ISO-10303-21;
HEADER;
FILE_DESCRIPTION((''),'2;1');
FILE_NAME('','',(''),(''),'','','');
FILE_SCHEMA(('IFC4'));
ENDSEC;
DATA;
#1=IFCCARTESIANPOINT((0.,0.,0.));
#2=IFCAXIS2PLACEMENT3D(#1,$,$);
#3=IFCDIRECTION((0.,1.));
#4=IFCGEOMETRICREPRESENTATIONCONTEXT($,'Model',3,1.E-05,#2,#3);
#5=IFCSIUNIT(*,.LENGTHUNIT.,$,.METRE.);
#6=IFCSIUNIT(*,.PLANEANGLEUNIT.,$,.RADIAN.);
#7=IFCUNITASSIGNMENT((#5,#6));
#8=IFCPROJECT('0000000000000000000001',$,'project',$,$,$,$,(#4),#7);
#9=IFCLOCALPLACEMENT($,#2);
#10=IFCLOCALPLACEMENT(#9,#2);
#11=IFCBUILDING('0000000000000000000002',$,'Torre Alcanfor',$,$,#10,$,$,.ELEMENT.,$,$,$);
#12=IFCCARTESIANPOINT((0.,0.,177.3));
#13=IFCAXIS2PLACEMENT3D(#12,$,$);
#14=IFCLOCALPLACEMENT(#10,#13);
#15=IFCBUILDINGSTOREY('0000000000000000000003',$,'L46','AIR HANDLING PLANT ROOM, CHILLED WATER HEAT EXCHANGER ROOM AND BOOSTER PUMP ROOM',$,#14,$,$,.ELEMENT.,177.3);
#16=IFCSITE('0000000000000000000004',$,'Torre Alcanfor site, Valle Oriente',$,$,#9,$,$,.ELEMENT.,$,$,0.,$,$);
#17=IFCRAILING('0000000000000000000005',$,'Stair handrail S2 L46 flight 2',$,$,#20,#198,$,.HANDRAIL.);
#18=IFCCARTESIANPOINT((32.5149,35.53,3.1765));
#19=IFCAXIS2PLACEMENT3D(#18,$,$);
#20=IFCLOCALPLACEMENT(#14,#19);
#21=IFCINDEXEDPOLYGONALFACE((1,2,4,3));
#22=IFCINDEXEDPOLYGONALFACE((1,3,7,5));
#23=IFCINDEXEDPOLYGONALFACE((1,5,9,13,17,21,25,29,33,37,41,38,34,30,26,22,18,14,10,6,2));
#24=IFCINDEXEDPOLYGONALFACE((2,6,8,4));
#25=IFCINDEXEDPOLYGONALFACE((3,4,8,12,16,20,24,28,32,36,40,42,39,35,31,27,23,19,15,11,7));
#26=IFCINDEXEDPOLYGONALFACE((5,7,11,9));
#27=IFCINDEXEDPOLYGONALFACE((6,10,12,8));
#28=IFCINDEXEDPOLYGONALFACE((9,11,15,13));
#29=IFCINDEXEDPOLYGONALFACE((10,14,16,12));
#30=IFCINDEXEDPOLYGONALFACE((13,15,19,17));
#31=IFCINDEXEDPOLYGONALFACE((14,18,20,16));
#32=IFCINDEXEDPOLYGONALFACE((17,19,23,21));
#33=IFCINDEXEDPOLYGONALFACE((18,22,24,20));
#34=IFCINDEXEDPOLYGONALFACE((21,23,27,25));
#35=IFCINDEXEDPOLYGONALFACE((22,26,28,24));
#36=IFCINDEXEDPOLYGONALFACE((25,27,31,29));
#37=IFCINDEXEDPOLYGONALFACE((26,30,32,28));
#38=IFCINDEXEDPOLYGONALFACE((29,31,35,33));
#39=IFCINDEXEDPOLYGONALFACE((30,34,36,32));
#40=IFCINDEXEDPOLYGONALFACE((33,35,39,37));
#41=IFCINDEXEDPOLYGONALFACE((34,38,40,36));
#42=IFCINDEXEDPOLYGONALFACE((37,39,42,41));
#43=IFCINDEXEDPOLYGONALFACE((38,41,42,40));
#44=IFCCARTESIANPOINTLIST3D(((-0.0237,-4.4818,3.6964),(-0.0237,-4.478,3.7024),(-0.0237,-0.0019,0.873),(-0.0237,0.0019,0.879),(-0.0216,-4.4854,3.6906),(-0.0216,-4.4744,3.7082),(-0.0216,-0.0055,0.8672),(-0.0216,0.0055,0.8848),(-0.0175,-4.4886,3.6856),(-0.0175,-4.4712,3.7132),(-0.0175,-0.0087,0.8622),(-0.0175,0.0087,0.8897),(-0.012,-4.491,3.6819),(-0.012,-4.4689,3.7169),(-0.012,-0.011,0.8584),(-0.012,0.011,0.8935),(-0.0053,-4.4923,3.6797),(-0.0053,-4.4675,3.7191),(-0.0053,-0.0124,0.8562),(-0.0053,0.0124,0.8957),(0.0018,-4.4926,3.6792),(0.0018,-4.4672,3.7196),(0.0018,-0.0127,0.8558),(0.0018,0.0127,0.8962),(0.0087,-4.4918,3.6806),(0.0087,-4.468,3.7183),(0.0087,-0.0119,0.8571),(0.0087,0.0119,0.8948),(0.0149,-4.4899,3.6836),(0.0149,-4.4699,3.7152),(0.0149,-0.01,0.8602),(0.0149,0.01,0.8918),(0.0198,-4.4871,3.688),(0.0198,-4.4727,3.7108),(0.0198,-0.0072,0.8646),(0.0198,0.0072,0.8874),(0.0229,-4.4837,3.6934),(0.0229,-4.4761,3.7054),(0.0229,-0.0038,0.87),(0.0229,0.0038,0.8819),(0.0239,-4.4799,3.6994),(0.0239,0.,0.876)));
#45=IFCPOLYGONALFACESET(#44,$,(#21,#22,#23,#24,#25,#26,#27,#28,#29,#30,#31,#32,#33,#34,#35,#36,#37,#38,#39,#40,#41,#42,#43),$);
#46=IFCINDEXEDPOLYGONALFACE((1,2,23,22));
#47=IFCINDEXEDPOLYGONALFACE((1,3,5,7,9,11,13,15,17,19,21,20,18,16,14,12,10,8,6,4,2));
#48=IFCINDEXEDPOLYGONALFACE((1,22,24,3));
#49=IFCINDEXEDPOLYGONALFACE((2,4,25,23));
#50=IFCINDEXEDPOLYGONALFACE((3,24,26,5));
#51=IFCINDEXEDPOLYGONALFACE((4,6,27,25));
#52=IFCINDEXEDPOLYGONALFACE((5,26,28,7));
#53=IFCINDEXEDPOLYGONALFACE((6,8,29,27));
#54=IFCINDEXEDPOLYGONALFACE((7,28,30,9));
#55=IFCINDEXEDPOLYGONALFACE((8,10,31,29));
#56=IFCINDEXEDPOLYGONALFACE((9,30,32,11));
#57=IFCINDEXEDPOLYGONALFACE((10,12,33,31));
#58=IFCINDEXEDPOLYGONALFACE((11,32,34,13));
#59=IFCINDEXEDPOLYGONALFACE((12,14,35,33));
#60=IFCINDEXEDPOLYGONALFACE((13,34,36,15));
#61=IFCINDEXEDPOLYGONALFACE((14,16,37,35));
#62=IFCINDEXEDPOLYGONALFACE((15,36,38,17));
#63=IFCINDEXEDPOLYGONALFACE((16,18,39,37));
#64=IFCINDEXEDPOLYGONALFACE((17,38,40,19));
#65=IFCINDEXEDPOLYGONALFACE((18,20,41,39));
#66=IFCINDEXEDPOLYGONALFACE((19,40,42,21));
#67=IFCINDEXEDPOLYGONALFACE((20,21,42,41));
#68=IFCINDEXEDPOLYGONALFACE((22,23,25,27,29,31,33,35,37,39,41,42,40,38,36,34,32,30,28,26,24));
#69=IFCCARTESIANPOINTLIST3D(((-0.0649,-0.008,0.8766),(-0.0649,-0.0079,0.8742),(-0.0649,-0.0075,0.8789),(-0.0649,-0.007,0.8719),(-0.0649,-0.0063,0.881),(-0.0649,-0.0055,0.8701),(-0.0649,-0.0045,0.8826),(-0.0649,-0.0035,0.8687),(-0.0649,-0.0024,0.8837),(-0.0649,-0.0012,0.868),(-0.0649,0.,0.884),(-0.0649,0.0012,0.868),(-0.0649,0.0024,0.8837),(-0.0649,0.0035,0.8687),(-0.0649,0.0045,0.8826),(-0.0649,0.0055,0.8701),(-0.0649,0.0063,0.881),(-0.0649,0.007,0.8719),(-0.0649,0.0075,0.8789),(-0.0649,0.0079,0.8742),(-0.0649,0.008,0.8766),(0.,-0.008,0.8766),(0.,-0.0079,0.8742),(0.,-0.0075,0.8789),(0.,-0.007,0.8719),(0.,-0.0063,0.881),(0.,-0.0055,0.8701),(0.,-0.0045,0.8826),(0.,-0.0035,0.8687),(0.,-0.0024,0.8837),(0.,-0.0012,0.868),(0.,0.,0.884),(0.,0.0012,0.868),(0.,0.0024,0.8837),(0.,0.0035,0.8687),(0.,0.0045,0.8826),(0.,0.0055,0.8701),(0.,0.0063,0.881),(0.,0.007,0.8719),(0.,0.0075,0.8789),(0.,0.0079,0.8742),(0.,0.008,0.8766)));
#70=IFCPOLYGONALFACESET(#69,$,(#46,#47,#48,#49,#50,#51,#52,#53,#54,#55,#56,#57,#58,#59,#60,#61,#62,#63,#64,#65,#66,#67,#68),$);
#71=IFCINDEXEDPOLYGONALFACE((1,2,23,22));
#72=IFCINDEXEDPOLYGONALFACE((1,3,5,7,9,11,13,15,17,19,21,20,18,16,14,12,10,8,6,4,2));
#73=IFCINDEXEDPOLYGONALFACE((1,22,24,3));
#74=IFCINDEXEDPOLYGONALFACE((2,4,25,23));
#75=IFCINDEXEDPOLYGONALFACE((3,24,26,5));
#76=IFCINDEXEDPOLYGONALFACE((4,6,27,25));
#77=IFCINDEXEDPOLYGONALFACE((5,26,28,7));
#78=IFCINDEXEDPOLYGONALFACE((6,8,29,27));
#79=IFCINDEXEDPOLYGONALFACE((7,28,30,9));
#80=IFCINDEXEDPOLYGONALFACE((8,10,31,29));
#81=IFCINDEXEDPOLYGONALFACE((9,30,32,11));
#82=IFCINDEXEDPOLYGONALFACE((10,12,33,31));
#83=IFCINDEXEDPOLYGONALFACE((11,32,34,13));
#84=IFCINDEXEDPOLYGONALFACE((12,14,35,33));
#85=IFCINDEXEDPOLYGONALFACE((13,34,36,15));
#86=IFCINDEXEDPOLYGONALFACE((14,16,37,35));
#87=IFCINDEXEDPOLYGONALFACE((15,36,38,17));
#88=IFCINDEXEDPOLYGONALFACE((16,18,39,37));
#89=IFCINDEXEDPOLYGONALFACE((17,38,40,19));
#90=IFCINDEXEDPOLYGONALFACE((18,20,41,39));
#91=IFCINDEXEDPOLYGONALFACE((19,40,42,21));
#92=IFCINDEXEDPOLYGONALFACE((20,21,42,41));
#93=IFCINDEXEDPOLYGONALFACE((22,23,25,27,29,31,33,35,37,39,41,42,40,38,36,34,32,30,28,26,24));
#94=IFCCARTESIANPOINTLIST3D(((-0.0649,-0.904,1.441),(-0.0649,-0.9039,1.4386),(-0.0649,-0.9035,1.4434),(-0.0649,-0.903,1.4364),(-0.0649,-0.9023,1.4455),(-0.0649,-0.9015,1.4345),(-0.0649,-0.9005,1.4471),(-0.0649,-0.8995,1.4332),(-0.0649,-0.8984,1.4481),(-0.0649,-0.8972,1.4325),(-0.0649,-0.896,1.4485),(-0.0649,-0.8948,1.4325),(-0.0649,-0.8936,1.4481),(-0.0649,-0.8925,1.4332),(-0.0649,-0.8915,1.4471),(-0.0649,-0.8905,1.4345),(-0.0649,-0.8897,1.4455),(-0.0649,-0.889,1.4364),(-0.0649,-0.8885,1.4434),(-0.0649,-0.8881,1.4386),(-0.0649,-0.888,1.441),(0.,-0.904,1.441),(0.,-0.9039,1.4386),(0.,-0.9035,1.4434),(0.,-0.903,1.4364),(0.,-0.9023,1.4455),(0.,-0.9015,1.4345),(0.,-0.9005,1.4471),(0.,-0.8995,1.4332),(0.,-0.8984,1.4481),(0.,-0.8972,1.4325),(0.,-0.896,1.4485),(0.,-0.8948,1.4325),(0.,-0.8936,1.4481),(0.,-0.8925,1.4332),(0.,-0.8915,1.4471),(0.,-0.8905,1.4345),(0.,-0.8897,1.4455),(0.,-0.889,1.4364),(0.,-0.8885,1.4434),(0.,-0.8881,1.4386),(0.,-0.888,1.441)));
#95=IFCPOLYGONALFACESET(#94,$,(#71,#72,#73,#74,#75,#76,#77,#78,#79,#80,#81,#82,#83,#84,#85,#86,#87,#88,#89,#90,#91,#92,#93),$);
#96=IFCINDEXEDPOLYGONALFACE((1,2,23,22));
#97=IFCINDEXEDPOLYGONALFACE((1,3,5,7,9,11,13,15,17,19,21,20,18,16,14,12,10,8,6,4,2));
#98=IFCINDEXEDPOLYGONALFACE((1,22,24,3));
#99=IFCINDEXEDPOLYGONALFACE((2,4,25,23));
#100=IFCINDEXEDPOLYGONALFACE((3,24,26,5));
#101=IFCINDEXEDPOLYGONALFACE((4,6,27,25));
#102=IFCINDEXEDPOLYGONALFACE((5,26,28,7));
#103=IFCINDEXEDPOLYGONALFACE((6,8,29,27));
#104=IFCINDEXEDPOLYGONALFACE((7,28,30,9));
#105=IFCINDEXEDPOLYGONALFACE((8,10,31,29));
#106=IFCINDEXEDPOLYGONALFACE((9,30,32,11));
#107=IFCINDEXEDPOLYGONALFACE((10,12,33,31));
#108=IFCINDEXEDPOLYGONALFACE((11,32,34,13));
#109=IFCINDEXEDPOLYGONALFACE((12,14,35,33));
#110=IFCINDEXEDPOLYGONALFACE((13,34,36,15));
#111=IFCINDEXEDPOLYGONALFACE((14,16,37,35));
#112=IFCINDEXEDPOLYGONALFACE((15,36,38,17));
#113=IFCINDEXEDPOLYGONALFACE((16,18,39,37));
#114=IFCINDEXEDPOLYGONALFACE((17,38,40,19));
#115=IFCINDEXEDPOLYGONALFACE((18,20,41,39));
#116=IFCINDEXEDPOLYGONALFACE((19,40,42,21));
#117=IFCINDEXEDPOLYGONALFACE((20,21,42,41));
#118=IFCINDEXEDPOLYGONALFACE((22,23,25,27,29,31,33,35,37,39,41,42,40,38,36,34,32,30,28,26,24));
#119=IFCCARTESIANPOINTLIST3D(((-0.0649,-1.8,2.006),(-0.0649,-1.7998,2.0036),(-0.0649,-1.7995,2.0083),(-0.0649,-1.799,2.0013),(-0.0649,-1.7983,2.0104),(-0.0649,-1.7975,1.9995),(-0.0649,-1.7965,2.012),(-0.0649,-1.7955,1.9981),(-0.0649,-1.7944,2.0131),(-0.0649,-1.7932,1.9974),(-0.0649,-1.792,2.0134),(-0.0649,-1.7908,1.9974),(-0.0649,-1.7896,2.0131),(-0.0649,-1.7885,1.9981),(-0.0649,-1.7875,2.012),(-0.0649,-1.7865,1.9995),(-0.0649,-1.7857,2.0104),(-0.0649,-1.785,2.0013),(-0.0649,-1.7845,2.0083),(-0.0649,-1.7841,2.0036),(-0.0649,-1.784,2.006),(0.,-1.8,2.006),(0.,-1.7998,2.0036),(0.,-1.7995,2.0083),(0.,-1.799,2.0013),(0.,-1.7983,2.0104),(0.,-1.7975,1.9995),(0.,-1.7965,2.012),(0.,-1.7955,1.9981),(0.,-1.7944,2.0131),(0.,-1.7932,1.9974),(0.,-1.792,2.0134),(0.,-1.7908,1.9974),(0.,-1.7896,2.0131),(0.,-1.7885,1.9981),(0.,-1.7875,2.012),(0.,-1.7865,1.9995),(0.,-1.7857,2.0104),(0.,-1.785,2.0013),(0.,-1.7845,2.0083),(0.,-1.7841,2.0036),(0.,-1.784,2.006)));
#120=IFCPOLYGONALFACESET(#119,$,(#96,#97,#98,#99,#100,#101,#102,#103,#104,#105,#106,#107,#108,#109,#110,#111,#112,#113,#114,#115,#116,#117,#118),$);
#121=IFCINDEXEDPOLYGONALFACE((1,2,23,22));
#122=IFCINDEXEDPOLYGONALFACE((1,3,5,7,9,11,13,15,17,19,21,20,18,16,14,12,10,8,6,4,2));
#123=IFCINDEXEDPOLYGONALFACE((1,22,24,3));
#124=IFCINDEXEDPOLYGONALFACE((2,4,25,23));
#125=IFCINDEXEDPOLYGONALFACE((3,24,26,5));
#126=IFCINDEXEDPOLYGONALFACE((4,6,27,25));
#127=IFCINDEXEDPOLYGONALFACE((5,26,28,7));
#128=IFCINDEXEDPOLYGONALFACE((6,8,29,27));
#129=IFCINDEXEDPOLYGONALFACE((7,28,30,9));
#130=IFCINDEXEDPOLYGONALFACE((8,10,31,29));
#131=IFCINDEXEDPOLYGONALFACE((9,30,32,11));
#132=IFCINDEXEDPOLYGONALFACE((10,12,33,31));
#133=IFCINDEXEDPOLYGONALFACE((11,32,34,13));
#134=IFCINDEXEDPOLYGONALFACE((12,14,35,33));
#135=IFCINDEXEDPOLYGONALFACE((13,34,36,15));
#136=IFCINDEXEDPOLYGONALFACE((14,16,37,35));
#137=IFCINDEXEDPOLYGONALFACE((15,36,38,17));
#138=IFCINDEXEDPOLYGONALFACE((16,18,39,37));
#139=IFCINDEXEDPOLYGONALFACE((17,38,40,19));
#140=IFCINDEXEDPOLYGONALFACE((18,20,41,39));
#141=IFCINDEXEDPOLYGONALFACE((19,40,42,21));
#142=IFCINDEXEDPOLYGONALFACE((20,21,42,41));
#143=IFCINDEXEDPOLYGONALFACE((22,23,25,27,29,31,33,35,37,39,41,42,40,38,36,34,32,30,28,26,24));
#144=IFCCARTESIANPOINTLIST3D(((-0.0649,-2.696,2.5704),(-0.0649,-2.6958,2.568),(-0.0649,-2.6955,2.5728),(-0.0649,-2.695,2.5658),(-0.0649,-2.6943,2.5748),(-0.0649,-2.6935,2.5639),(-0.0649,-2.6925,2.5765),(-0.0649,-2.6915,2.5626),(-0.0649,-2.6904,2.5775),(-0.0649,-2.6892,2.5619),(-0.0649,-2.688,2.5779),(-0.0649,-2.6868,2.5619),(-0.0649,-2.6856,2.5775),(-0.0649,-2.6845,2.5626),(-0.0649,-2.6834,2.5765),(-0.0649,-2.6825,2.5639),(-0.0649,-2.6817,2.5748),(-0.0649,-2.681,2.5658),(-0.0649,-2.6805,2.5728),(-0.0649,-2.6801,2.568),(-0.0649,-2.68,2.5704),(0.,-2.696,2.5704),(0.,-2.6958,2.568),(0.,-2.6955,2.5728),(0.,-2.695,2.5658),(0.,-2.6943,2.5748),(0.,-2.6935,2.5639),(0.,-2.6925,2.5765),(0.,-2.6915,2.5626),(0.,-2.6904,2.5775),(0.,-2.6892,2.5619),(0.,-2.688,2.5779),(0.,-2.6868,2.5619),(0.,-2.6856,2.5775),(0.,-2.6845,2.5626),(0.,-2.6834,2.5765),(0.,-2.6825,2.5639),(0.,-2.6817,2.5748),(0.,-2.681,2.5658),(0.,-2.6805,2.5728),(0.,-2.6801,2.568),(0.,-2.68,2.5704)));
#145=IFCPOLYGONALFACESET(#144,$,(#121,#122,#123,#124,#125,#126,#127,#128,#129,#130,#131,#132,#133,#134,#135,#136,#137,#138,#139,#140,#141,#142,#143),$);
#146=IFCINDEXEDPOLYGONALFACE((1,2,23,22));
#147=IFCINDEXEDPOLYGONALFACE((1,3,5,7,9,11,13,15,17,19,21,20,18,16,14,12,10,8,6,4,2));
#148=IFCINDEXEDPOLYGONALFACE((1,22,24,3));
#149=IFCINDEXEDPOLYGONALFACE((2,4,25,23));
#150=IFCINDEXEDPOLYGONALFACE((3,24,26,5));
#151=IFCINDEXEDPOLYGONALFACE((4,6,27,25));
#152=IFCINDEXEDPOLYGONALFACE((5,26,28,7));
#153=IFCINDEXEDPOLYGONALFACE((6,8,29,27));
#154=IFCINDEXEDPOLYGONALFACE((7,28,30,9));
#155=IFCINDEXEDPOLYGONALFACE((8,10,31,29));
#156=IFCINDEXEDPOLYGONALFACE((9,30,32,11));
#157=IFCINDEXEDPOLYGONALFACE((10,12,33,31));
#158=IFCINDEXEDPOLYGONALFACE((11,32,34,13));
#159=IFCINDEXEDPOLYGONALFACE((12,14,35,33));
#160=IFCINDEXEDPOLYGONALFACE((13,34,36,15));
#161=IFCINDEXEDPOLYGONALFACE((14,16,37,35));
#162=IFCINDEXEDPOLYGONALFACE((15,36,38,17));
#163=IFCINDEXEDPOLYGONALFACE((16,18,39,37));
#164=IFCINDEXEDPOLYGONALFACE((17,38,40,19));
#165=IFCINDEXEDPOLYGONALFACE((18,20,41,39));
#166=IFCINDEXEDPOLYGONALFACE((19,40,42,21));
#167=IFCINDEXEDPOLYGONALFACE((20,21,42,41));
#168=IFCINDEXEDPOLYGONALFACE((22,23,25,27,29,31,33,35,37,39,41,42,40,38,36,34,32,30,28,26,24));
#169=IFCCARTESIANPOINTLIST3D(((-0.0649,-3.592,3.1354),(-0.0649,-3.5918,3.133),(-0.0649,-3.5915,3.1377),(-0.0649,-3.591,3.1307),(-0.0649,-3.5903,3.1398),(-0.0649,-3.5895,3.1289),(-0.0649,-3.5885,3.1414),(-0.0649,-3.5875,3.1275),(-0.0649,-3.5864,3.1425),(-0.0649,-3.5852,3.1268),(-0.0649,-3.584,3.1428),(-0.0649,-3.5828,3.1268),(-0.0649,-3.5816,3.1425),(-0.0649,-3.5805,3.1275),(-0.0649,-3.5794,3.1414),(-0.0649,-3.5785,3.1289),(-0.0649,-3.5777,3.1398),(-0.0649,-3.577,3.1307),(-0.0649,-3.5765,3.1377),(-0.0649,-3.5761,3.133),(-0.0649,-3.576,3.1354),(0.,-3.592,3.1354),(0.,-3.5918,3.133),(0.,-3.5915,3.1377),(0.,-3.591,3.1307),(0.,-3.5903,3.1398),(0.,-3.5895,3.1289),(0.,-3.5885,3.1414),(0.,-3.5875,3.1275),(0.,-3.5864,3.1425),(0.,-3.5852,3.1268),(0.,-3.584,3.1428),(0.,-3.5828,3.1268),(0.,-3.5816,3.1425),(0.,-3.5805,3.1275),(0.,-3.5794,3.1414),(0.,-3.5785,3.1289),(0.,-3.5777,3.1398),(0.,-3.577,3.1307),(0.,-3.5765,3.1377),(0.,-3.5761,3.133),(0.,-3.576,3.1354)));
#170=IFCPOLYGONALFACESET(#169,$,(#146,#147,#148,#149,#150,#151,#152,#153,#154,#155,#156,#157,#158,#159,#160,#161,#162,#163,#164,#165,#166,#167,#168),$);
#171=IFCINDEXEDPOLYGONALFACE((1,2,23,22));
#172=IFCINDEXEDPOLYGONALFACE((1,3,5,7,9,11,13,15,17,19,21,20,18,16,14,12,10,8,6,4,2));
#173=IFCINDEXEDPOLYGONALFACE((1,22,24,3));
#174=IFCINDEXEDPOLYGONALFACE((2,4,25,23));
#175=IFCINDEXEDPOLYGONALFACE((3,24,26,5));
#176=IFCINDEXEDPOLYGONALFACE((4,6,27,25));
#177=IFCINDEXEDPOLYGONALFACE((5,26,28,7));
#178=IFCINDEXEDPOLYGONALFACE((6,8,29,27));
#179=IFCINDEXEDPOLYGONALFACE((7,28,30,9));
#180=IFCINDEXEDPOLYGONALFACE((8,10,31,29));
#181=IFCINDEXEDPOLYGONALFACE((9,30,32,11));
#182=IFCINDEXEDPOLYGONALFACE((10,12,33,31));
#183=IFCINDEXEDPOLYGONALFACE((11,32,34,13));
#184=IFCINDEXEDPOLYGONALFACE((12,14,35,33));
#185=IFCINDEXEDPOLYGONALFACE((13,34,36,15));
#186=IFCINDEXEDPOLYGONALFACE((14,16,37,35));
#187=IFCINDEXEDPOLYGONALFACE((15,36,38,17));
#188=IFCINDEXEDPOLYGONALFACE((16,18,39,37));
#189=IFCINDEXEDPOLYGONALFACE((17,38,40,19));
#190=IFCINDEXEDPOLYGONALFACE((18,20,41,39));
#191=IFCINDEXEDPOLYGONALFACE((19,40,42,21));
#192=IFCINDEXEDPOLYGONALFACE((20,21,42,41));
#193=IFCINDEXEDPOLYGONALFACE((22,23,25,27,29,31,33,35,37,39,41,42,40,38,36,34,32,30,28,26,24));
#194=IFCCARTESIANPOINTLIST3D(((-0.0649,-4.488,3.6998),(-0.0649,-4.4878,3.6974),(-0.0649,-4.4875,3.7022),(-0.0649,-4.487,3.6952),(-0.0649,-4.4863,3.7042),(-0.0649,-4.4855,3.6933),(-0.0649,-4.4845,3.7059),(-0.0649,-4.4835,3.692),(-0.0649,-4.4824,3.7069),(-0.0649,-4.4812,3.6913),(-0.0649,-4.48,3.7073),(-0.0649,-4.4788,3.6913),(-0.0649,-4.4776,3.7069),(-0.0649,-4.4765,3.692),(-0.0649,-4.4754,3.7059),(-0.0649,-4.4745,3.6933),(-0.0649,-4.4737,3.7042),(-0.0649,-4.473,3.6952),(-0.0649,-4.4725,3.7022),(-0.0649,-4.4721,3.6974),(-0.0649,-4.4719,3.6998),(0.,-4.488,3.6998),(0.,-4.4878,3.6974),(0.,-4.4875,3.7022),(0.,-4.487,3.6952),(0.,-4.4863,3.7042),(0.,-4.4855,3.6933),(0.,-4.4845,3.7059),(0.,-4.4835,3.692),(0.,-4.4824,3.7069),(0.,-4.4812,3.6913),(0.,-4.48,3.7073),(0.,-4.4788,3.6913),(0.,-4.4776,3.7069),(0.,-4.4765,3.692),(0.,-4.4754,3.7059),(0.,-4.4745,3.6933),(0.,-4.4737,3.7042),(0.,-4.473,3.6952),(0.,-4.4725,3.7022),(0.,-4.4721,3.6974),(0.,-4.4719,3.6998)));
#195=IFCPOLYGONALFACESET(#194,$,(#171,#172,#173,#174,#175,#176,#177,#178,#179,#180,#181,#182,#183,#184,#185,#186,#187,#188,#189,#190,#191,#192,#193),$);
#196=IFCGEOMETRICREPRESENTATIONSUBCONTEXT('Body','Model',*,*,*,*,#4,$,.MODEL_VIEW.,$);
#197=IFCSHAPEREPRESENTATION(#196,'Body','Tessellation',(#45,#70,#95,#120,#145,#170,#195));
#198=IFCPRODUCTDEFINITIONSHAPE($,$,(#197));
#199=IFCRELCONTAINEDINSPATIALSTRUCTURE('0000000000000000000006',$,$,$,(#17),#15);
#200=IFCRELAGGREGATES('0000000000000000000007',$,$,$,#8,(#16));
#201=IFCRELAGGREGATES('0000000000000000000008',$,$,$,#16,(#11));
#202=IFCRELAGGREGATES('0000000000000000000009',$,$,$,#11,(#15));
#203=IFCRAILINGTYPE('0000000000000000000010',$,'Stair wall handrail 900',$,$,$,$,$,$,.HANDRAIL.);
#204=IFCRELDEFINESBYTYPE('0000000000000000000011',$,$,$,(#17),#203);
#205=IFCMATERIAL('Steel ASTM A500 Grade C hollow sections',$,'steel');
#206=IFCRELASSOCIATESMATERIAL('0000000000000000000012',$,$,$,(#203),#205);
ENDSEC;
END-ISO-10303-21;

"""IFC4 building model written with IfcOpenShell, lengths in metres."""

from ifc_helpers import new_model, si_unit, direction, frame, origin, origin_2d, place, context, subcontext, project, spatial, circle, extrude, material, type_object, element, save


model = new_model("IFC4")

# Units and contexts
model_context = context("Model", 3, precision=1e-05, world=origin(), true_north=direction((0.0, 1.0)))
body_context = subcontext(model_context, "Body", "Model", "MODEL_VIEW")
ifc_project = project(units=[si_unit("LENGTHUNIT", "METRE"), si_unit("PLANEANGLEUNIT", "RADIAN")], contexts=[model_context])

# Site, building, storey
site_placement = place(None, origin())
site = spatial("IfcSite", under=ifc_project, at=site_placement, Name="Torre Alcanfor site, Valle Oriente", CompositionType="ELEMENT", RefElevation=0.0)
building_placement = place(site_placement, origin())
building = spatial("IfcBuilding", under=site, at=building_placement, Name="Torre Alcanfor", CompositionType="ELEMENT")
storey_placement = place(building_placement, frame((0.0, 0.0, 177.3)))
storey = spatial("IfcBuildingStorey", under=building, at=storey_placement, Name="L46", Description="AIR HANDLING PLANT ROOM, CHILLED WATER HEAT EXCHANGER ROOM AND BOOSTER PUMP ROOM", CompositionType="ELEMENT", Elevation=177.3)

# Railing
ifc_material_1 = material(Name="Steel ASTM A500 Grade C hollow sections", Category="steel")
railing_type_1 = type_object("IfcRailingType", Name="Stair wall handrail 900", PredefinedType="HANDRAIL", material=ifc_material_1)
railing_1_placement = place(storey_placement, frame((32.5149, 35.53, 3.1765)))
element("IfcRailing", 1, at=railing_1_placement, inside=storey, type_object=railing_type_1, Name="Stair handrail S2 L46 flight 2", PredefinedType="HANDRAIL", context=body_context, shape_type="SweptSolid", body=[
    extrude(circle(Radius=0.0239, at=origin_2d()), frame((0.0, 0.0, 0.876), z_axis=(0.0, -0.845998, 0.533186), x_axis=(1.0, 0.0, 0.0)), (0.0, 0.0, 1.0), 5.2954),
    extrude(circle(Radius=0.0081, at=origin_2d()), frame((0.0, 0.0, 0.876), z_axis=(-1.0, 0.0, 0.0), x_axis=(0.0, 0.0, 1.0)), (0.0, 0.0, 1.0), 0.0649),
    extrude(circle(Radius=0.0081, at=origin_2d()), frame((0.0, -0.896, 1.4404), z_axis=(-1.0, 0.0, 0.0), x_axis=(0.0, 0.0, 1.0)), (0.0, 0.0, 1.0), 0.0649),
    extrude(circle(Radius=0.0081, at=origin_2d()), frame((0.0, -1.792, 2.0054), z_axis=(-1.0, 0.0, 0.0), x_axis=(0.0, 0.0, 1.0)), (0.0, 0.0, 1.0), 0.0649),
    extrude(circle(Radius=0.0081, at=origin_2d()), frame((0.0, -2.688, 2.5698), z_axis=(-1.0, 0.0, 0.0), x_axis=(0.0, 0.0, 1.0)), (0.0, 0.0, 1.0), 0.0649),
    extrude(circle(Radius=0.0081, at=origin_2d()), frame((0.0, -3.584, 3.1348), z_axis=(-1.0, 0.0, 0.0), x_axis=(0.0, 0.0, 1.0)), (0.0, 0.0, 1.0), 0.0649),
    extrude(circle(Radius=0.0081, at=origin_2d()), frame((0.0, -4.48, 3.6992), z_axis=(-1.0, 0.0, 0.0), x_axis=(0.0, 0.0, 1.0)), (0.0, 0.0, 1.0), 0.0649),
])

save(model, "model.ifc")
